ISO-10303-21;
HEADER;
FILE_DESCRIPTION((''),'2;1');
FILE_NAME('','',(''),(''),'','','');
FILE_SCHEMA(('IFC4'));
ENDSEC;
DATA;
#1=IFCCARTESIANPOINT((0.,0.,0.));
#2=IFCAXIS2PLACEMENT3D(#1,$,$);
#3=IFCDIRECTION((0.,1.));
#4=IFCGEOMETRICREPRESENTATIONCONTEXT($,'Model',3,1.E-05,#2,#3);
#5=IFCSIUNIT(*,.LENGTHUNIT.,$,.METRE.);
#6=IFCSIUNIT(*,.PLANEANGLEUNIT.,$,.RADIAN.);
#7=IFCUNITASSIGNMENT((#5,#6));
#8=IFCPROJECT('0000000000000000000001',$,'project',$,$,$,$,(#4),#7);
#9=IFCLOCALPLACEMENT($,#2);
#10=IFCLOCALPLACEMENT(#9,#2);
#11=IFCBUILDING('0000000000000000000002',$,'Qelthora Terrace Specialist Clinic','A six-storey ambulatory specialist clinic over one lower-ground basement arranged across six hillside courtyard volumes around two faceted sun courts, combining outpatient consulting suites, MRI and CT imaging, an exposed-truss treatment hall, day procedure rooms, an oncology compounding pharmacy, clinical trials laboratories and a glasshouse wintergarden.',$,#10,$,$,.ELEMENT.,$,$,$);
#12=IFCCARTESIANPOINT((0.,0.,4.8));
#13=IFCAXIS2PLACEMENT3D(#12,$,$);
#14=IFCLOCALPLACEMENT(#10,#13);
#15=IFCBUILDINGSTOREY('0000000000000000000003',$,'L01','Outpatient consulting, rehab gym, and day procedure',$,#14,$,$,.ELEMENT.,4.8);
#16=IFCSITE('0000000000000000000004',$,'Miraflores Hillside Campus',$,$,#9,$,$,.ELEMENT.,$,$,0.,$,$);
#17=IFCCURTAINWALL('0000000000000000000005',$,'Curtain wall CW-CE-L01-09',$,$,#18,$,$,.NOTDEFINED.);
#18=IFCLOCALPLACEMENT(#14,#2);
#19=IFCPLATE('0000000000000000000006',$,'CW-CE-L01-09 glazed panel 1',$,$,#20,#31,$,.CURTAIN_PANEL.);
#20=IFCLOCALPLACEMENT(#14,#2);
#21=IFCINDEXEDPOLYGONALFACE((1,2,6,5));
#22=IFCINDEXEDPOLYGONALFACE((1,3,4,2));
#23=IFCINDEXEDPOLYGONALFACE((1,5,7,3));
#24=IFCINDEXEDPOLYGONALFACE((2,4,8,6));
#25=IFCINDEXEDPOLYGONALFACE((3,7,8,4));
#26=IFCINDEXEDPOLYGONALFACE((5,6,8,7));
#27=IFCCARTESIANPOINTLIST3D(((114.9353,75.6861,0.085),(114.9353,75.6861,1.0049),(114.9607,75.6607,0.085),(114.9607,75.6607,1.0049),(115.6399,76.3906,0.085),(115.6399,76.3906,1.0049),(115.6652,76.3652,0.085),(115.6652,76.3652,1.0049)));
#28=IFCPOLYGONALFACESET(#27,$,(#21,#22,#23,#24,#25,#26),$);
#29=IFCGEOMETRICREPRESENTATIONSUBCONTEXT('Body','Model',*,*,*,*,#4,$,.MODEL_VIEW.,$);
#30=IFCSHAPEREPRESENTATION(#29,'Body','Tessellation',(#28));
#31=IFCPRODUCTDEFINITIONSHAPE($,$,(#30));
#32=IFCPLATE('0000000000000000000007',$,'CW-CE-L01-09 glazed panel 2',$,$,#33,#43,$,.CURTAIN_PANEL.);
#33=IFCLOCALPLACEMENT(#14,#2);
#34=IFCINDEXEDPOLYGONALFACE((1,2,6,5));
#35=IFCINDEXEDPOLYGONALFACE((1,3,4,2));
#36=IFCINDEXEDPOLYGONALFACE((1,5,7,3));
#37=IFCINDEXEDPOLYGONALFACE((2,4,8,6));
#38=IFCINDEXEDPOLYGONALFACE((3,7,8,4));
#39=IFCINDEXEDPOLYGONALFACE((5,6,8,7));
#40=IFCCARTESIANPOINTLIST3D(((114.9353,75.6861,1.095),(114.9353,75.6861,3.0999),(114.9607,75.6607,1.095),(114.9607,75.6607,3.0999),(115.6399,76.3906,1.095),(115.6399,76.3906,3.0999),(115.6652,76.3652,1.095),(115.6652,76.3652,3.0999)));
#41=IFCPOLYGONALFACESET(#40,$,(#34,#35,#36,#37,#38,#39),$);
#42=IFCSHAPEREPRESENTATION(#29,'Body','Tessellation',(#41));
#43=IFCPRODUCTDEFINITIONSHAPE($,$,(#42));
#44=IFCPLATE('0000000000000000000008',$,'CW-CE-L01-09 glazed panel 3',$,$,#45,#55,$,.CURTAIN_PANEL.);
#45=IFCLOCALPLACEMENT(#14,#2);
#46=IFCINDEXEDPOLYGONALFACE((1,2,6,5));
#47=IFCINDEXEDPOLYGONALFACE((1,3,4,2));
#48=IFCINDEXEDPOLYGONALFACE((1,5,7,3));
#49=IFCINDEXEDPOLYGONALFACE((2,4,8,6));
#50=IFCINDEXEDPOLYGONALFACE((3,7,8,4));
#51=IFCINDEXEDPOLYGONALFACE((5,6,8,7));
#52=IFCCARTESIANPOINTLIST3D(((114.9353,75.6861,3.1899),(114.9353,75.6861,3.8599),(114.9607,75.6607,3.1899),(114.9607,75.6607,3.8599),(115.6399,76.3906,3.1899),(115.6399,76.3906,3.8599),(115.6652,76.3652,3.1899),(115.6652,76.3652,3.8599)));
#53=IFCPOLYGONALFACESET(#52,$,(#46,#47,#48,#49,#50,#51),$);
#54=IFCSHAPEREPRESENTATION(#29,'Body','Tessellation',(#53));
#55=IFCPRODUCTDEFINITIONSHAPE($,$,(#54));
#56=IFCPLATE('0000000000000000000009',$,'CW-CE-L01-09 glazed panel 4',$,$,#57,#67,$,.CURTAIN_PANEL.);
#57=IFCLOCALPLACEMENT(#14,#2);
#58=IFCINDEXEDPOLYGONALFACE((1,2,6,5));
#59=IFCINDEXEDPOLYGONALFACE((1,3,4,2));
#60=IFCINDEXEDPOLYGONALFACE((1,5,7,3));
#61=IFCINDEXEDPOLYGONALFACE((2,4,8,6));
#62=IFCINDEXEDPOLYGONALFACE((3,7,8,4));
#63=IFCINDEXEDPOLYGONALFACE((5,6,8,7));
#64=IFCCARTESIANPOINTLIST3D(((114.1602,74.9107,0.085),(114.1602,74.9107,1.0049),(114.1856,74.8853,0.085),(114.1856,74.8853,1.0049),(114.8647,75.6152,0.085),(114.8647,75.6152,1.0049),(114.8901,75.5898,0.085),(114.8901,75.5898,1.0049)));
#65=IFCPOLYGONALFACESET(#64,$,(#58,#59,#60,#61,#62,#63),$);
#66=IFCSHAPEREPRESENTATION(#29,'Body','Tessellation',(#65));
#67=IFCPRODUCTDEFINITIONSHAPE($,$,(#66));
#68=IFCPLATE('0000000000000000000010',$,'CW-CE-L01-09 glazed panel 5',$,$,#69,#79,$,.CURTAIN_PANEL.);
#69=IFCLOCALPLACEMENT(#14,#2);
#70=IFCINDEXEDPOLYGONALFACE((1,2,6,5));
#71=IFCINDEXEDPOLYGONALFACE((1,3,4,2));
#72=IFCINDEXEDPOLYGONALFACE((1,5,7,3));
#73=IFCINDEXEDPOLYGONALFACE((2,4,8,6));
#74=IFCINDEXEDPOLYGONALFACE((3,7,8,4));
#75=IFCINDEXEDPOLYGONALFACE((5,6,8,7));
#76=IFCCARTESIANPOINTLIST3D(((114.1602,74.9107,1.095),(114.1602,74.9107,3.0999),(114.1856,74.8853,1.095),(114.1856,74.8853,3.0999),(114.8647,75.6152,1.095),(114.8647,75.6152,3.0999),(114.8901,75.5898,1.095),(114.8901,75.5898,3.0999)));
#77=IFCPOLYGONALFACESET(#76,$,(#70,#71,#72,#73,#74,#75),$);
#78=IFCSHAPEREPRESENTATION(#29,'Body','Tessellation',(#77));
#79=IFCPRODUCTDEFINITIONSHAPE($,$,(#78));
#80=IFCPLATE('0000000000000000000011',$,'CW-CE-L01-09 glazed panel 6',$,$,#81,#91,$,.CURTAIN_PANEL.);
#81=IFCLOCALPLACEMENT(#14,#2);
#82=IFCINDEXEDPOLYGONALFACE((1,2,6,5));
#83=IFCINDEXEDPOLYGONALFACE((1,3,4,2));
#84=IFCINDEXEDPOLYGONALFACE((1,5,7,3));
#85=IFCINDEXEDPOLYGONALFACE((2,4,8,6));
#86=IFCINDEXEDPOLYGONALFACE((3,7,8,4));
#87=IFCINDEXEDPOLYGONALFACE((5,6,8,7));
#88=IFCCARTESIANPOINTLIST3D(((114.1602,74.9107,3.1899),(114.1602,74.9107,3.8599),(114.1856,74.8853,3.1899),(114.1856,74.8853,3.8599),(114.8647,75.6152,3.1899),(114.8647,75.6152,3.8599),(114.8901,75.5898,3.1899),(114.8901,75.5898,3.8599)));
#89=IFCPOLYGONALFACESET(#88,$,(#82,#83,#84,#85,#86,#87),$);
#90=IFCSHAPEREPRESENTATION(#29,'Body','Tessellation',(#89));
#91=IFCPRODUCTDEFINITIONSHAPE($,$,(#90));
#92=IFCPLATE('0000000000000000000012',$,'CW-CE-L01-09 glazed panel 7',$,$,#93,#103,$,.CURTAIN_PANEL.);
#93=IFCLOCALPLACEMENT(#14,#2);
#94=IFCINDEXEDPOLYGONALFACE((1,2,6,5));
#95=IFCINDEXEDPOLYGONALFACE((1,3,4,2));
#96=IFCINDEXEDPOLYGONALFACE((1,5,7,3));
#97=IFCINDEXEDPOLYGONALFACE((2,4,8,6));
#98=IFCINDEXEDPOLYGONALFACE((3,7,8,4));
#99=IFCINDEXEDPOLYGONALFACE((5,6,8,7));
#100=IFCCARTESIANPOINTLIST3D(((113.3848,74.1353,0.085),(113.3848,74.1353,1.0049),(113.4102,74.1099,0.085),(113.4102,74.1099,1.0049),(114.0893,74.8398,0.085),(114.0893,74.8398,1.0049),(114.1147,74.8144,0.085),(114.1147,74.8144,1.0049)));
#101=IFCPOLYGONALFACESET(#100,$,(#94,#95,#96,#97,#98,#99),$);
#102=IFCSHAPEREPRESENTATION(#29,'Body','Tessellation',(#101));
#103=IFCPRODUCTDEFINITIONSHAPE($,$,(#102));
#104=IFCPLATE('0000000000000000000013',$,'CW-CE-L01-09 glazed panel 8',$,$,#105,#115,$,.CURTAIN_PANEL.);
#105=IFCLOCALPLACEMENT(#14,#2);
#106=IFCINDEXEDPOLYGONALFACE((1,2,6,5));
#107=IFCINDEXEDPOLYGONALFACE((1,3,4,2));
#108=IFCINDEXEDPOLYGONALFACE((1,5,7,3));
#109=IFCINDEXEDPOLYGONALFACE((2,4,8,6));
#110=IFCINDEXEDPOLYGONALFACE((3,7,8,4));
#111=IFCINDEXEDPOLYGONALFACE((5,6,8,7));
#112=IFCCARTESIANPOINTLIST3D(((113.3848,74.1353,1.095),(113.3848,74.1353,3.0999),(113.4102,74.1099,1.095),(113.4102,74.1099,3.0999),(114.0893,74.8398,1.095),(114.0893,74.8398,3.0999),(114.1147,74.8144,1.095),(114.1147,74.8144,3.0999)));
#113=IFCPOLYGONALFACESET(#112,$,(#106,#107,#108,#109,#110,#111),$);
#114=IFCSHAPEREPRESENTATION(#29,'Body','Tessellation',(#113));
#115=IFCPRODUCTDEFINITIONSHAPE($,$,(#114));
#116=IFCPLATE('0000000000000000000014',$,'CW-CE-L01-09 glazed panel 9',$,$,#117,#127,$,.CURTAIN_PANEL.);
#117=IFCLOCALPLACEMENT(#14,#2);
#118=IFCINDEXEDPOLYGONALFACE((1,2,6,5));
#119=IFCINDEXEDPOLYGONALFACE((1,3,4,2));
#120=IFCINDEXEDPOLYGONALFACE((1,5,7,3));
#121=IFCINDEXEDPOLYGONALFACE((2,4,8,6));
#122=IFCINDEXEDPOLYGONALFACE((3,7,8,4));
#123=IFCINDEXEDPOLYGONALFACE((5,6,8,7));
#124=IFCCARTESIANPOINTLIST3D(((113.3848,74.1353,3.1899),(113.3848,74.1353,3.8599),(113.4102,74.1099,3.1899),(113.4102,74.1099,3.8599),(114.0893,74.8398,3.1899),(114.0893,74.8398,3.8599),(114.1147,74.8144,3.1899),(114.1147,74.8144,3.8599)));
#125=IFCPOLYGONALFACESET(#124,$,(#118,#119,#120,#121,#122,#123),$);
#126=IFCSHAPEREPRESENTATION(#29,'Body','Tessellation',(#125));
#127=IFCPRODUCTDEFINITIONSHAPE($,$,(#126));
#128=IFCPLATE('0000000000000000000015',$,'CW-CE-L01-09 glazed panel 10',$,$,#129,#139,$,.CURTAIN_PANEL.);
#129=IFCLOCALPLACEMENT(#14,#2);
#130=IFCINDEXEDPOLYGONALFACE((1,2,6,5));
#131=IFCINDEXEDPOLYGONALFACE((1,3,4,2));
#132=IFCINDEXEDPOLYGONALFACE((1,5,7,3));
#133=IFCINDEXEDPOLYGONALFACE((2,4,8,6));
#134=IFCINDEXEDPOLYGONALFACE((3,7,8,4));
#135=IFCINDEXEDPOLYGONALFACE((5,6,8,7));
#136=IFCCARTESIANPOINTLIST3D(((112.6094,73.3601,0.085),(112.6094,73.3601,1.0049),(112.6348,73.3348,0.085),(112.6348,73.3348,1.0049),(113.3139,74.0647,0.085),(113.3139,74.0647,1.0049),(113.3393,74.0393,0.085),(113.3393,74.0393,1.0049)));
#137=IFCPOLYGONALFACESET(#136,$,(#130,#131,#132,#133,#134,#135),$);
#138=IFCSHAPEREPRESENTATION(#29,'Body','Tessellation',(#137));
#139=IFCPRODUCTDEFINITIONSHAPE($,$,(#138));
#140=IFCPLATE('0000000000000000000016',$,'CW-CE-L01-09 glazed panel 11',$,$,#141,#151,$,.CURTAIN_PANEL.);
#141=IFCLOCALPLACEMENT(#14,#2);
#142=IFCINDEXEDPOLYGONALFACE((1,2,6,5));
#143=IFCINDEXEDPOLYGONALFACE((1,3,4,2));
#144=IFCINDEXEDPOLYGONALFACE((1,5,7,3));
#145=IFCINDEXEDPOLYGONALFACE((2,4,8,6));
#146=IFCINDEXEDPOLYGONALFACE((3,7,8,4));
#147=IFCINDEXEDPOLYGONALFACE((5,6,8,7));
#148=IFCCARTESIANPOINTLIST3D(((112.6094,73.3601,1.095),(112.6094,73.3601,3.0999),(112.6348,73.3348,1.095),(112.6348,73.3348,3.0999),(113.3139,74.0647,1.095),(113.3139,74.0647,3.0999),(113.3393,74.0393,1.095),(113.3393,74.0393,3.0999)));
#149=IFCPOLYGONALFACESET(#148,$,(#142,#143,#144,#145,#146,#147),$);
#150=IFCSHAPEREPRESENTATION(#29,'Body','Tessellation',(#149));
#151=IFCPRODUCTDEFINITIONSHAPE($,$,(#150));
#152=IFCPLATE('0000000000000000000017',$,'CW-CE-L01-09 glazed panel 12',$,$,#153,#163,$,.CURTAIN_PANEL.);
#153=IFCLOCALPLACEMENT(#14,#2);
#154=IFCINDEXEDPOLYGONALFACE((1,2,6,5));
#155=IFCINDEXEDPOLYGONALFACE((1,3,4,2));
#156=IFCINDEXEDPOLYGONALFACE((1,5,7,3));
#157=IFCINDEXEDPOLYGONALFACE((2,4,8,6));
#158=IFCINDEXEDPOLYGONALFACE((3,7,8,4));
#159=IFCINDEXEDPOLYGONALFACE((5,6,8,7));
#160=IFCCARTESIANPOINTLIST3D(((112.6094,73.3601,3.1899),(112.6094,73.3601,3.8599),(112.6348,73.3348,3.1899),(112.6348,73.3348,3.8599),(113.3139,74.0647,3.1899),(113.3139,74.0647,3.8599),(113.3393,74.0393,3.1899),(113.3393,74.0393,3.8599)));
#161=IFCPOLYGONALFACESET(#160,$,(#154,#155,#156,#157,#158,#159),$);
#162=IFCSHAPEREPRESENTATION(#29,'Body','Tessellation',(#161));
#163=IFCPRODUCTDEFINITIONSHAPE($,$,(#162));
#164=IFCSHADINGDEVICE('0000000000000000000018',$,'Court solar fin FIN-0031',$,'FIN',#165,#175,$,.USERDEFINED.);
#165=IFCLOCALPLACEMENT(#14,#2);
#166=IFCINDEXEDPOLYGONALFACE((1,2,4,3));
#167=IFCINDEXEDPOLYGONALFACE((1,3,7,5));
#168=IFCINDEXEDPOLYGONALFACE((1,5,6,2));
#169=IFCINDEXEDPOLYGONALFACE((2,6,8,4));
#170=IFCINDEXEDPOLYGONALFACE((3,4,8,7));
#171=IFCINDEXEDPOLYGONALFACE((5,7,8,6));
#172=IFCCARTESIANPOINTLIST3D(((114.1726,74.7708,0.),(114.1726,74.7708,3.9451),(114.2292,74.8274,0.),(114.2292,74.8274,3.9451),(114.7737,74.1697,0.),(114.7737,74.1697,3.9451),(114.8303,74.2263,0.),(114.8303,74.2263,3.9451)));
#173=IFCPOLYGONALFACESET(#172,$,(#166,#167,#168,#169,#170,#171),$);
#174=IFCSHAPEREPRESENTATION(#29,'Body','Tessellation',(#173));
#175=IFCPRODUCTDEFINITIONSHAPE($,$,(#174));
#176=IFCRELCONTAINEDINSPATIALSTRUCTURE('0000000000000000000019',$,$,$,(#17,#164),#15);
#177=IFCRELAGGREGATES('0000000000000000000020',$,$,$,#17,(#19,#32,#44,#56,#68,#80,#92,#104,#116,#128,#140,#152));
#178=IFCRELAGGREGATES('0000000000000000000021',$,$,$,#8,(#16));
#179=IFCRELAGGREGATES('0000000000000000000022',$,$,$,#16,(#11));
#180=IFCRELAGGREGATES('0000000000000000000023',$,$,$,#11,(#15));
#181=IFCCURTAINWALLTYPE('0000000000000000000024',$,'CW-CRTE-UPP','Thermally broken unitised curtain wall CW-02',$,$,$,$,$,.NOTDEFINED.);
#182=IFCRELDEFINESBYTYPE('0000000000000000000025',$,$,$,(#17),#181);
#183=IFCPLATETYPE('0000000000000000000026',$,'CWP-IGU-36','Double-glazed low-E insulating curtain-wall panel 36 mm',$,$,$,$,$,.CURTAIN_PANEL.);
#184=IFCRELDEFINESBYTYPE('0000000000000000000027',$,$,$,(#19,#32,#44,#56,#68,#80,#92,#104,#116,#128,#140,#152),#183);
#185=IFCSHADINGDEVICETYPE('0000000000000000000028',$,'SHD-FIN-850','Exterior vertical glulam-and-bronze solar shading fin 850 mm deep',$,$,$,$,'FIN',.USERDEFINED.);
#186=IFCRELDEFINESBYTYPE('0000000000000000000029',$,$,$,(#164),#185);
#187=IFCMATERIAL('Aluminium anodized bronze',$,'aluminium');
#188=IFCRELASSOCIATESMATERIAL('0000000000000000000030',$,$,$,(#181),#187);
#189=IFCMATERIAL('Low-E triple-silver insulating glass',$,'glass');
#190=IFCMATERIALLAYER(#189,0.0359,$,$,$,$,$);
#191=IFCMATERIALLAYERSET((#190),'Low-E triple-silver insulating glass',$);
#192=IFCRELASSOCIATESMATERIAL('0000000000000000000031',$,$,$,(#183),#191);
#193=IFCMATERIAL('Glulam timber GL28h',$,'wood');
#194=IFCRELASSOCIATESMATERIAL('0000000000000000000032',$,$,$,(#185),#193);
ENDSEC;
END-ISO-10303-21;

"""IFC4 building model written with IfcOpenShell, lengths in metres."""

from ifc_helpers import new_model, si_unit, direction, frame, origin, origin_2d, place, context, subcontext, project, spatial, rectangle, extrude, material, layer, layer_set, type_object, element, aggregate, save


model = new_model("IFC4")

# Units and contexts
model_context = context("Model", 3, precision=1e-05, world=origin(), true_north=direction((0.0, 1.0)))
body_context = subcontext(model_context, "Body", "Model", "MODEL_VIEW")
ifc_project = project(units=[si_unit("LENGTHUNIT", "METRE"), si_unit("PLANEANGLEUNIT", "RADIAN")], contexts=[model_context])

# Site, building, storey
site_placement = place(None, origin())
site = spatial("IfcSite", under=ifc_project, at=site_placement, Name="Miraflores Hillside Campus", CompositionType="ELEMENT", RefElevation=0.0)
building_placement = place(site_placement, origin())
building = spatial("IfcBuilding", under=site, at=building_placement, Name="Qelthora Terrace Specialist Clinic", Description="A six-storey ambulatory specialist clinic over one lower-ground basement arranged across six hillside courtyard volumes around two faceted sun courts, combining outpatient consulting suites, MRI and CT imaging, an exposed-truss treatment hall, day procedure rooms, an oncology compounding pharmacy, clinical trials laboratories and a glasshouse wintergarden.", CompositionType="ELEMENT")
storey_placement = place(building_placement, frame((0.0, 0.0, 4.8)))
storey = spatial("IfcBuildingStorey", under=building, at=storey_placement, Name="L01", Description="Outpatient consulting, rehab gym, and day procedure", CompositionType="ELEMENT", Elevation=4.8)

# Curtain wall
ifc_material_1 = material(Name="Aluminium anodized bronze", Category="aluminium")
curtain_wall_type = type_object("IfcCurtainWallType", Name="CW-CRTE-UPP", Description="Thermally broken unitised curtain wall CW-02", PredefinedType="NOTDEFINED", material=ifc_material_1)
curtain_wall_1_placement = place(storey_placement, origin())
curtain_wall_1 = element("IfcCurtainWall", 1, at=curtain_wall_1_placement, inside=storey, type_object=curtain_wall_type, Name="Curtain wall CW-CE-L01-09", PredefinedType="NOTDEFINED")

# Plates
ifc_material_2 = material(Name="Low-E triple-silver insulating glass", Category="glass")
ifc_layer = layer(ifc_material_2, 0.0359)
ifc_layer_set = layer_set([ifc_layer], Name="Low-E triple-silver insulating glass")
plate_type = type_object("IfcPlateType", Name="CWP-IGU-36", Description="Double-glazed low-E insulating curtain-wall panel 36 mm", PredefinedType="CURTAIN_PANEL", material=ifc_layer_set)
plate_1_placement = place(storey_placement, frame((115.3003, 76.0256, 0.085), z_axis=(0.0, 0.0, 1.0), x_axis=(-0.707107, -0.707107, 0.0)))
plate_1 = element("IfcPlate", 2, at=plate_1_placement, type_object=plate_type, Name="CW-CE-L01-09 glazed panel 1", PredefinedType="CURTAIN_PANEL", context=body_context, shape_type="SweptSolid", body=[
    extrude(rectangle(XDim=0.9963, YDim=0.0359, at=origin_2d()), origin(), (0.0, 0.0, 1.0), 0.9199),
])
plate_2_placement = place(storey_placement, frame((115.3003, 76.0256, 1.095), z_axis=(0.0, 0.0, 1.0), x_axis=(-0.707107, -0.707107, 0.0)))
plate_2 = element("IfcPlate", 3, at=plate_2_placement, type_object=plate_type, Name="CW-CE-L01-09 glazed panel 2", PredefinedType="CURTAIN_PANEL", context=body_context, shape_type="SweptSolid", body=[
    extrude(rectangle(XDim=0.9963, YDim=0.0359, at=origin_2d()), origin(), (0.0, 0.0, 1.0), 2.0049),
])
plate_3_placement = place(storey_placement, frame((115.3003, 76.0256, 3.1899), z_axis=(0.0, 0.0, 1.0), x_axis=(-0.707107, -0.707107, 0.0)))
plate_3 = element("IfcPlate", 4, at=plate_3_placement, type_object=plate_type, Name="CW-CE-L01-09 glazed panel 3", PredefinedType="CURTAIN_PANEL", context=body_context, shape_type="SweptSolid", body=[
    extrude(rectangle(XDim=0.9963, YDim=0.0359, at=origin_2d()), origin(), (0.0, 0.0, 1.0), 0.6699),
])
plate_4_placement = place(storey_placement, frame((114.5251, 75.2502, 0.085), z_axis=(0.0, 0.0, 1.0), x_axis=(-0.707107, -0.707107, 0.0)))
plate_4 = element("IfcPlate", 5, at=plate_4_placement, type_object=plate_type, Name="CW-CE-L01-09 glazed panel 4", PredefinedType="CURTAIN_PANEL", context=body_context, shape_type="SweptSolid", body=[
    extrude(rectangle(XDim=0.9963, YDim=0.0359, at=origin_2d()), origin(), (0.0, 0.0, 1.0), 0.9199),
])
plate_5_placement = place(storey_placement, frame((114.5251, 75.2502, 1.095), z_axis=(0.0, 0.0, 1.0), x_axis=(-0.707107, -0.707107, 0.0)))
plate_5 = element("IfcPlate", 6, at=plate_5_placement, type_object=plate_type, Name="CW-CE-L01-09 glazed panel 5", PredefinedType="CURTAIN_PANEL", context=body_context, shape_type="SweptSolid", body=[
    extrude(rectangle(XDim=0.9963, YDim=0.0359, at=origin_2d()), origin(), (0.0, 0.0, 1.0), 2.0049),
])
plate_6_placement = place(storey_placement, frame((114.5251, 75.2502, 3.1899), z_axis=(0.0, 0.0, 1.0), x_axis=(-0.707107, -0.707107, 0.0)))
plate_6 = element("IfcPlate", 7, at=plate_6_placement, type_object=plate_type, Name="CW-CE-L01-09 glazed panel 6", PredefinedType="CURTAIN_PANEL", context=body_context, shape_type="SweptSolid", body=[
    extrude(rectangle(XDim=0.9963, YDim=0.0359, at=origin_2d()), origin(), (0.0, 0.0, 1.0), 0.6699),
])
plate_7_placement = place(storey_placement, frame((113.7498, 74.4749, 0.085), z_axis=(0.0, 0.0, 1.0), x_axis=(-0.707107, -0.707107, 0.0)))
plate_7 = element("IfcPlate", 8, at=plate_7_placement, type_object=plate_type, Name="CW-CE-L01-09 glazed panel 7", PredefinedType="CURTAIN_PANEL", context=body_context, shape_type="SweptSolid", body=[
    extrude(rectangle(XDim=0.9963, YDim=0.0359, at=origin_2d()), origin(), (0.0, 0.0, 1.0), 0.9199),
])
plate_8_placement = place(storey_placement, frame((113.7498, 74.4749, 1.095), z_axis=(0.0, 0.0, 1.0), x_axis=(-0.707107, -0.707107, 0.0)))
plate_8 = element("IfcPlate", 9, at=plate_8_placement, type_object=plate_type, Name="CW-CE-L01-09 glazed panel 8", PredefinedType="CURTAIN_PANEL", context=body_context, shape_type="SweptSolid", body=[
    extrude(rectangle(XDim=0.9963, YDim=0.0359, at=origin_2d()), origin(), (0.0, 0.0, 1.0), 2.0049),
])
plate_9_placement = place(storey_placement, frame((113.7498, 74.4749, 3.1899), z_axis=(0.0, 0.0, 1.0), x_axis=(-0.707107, -0.707107, 0.0)))
plate_9 = element("IfcPlate", 10, at=plate_9_placement, type_object=plate_type, Name="CW-CE-L01-09 glazed panel 9", PredefinedType="CURTAIN_PANEL", context=body_context, shape_type="SweptSolid", body=[
    extrude(rectangle(XDim=0.9963, YDim=0.0359, at=origin_2d()), origin(), (0.0, 0.0, 1.0), 0.6699),
])
plate_10_placement = place(storey_placement, frame((112.9744, 73.6997, 0.085), z_axis=(0.0, 0.0, 1.0), x_axis=(-0.707107, -0.707107, 0.0)))
plate_10 = element("IfcPlate", 11, at=plate_10_placement, type_object=plate_type, Name="CW-CE-L01-09 glazed panel 10", PredefinedType="CURTAIN_PANEL", context=body_context, shape_type="SweptSolid", body=[
    extrude(rectangle(XDim=0.9963, YDim=0.0359, at=origin_2d()), origin(), (0.0, 0.0, 1.0), 0.9199),
])
plate_11_placement = place(storey_placement, frame((112.9744, 73.6997, 1.095), z_axis=(0.0, 0.0, 1.0), x_axis=(-0.707107, -0.707107, 0.0)))
plate_11 = element("IfcPlate", 12, at=plate_11_placement, type_object=plate_type, Name="CW-CE-L01-09 glazed panel 11", PredefinedType="CURTAIN_PANEL", context=body_context, shape_type="SweptSolid", body=[
    extrude(rectangle(XDim=0.9963, YDim=0.0359, at=origin_2d()), origin(), (0.0, 0.0, 1.0), 2.0049),
])
plate_12_placement = place(storey_placement, frame((112.9744, 73.6997, 3.1899), z_axis=(0.0, 0.0, 1.0), x_axis=(-0.707107, -0.707107, 0.0)))
plate_12 = element("IfcPlate", 13, at=plate_12_placement, type_object=plate_type, Name="CW-CE-L01-09 glazed panel 12", PredefinedType="CURTAIN_PANEL", context=body_context, shape_type="SweptSolid", body=[
    extrude(rectangle(XDim=0.9963, YDim=0.0359, at=origin_2d()), origin(), (0.0, 0.0, 1.0), 0.6699),
])
aggregate(curtain_wall_1, [plate_1, plate_2, plate_3, plate_4, plate_5, plate_6, plate_7, plate_8, plate_9, plate_10, plate_11, plate_12])

# Shading device
ifc_material_3 = material(Name="Glulam timber GL28h", Category="wood")
shading_device_type = type_object("IfcShadingDeviceType", Name="SHD-FIN-850", Description="Exterior vertical glulam-and-bronze solar shading fin 850 mm deep", ElementType="FIN", PredefinedType="USERDEFINED", material=ifc_material_3)
shading_device_placement = place(storey_placement, frame((114.5015, 74.4985, 0.0), z_axis=(0.0, 0.0, 1.0), x_axis=(0.707107, -0.707107, 0.0)))
element("IfcShadingDevice", 14, at=shading_device_placement, inside=storey, type_object=shading_device_type, Name="Court solar fin FIN-0031", ObjectType="FIN", PredefinedType="USERDEFINED", context=body_context, shape_type="SweptSolid", body=[
    extrude(rectangle(XDim=0.8501, YDim=0.0801, at=origin_2d()), origin(), (0.0, 0.0, 1.0), 3.9451),
])

save(model, "model.ifc")
